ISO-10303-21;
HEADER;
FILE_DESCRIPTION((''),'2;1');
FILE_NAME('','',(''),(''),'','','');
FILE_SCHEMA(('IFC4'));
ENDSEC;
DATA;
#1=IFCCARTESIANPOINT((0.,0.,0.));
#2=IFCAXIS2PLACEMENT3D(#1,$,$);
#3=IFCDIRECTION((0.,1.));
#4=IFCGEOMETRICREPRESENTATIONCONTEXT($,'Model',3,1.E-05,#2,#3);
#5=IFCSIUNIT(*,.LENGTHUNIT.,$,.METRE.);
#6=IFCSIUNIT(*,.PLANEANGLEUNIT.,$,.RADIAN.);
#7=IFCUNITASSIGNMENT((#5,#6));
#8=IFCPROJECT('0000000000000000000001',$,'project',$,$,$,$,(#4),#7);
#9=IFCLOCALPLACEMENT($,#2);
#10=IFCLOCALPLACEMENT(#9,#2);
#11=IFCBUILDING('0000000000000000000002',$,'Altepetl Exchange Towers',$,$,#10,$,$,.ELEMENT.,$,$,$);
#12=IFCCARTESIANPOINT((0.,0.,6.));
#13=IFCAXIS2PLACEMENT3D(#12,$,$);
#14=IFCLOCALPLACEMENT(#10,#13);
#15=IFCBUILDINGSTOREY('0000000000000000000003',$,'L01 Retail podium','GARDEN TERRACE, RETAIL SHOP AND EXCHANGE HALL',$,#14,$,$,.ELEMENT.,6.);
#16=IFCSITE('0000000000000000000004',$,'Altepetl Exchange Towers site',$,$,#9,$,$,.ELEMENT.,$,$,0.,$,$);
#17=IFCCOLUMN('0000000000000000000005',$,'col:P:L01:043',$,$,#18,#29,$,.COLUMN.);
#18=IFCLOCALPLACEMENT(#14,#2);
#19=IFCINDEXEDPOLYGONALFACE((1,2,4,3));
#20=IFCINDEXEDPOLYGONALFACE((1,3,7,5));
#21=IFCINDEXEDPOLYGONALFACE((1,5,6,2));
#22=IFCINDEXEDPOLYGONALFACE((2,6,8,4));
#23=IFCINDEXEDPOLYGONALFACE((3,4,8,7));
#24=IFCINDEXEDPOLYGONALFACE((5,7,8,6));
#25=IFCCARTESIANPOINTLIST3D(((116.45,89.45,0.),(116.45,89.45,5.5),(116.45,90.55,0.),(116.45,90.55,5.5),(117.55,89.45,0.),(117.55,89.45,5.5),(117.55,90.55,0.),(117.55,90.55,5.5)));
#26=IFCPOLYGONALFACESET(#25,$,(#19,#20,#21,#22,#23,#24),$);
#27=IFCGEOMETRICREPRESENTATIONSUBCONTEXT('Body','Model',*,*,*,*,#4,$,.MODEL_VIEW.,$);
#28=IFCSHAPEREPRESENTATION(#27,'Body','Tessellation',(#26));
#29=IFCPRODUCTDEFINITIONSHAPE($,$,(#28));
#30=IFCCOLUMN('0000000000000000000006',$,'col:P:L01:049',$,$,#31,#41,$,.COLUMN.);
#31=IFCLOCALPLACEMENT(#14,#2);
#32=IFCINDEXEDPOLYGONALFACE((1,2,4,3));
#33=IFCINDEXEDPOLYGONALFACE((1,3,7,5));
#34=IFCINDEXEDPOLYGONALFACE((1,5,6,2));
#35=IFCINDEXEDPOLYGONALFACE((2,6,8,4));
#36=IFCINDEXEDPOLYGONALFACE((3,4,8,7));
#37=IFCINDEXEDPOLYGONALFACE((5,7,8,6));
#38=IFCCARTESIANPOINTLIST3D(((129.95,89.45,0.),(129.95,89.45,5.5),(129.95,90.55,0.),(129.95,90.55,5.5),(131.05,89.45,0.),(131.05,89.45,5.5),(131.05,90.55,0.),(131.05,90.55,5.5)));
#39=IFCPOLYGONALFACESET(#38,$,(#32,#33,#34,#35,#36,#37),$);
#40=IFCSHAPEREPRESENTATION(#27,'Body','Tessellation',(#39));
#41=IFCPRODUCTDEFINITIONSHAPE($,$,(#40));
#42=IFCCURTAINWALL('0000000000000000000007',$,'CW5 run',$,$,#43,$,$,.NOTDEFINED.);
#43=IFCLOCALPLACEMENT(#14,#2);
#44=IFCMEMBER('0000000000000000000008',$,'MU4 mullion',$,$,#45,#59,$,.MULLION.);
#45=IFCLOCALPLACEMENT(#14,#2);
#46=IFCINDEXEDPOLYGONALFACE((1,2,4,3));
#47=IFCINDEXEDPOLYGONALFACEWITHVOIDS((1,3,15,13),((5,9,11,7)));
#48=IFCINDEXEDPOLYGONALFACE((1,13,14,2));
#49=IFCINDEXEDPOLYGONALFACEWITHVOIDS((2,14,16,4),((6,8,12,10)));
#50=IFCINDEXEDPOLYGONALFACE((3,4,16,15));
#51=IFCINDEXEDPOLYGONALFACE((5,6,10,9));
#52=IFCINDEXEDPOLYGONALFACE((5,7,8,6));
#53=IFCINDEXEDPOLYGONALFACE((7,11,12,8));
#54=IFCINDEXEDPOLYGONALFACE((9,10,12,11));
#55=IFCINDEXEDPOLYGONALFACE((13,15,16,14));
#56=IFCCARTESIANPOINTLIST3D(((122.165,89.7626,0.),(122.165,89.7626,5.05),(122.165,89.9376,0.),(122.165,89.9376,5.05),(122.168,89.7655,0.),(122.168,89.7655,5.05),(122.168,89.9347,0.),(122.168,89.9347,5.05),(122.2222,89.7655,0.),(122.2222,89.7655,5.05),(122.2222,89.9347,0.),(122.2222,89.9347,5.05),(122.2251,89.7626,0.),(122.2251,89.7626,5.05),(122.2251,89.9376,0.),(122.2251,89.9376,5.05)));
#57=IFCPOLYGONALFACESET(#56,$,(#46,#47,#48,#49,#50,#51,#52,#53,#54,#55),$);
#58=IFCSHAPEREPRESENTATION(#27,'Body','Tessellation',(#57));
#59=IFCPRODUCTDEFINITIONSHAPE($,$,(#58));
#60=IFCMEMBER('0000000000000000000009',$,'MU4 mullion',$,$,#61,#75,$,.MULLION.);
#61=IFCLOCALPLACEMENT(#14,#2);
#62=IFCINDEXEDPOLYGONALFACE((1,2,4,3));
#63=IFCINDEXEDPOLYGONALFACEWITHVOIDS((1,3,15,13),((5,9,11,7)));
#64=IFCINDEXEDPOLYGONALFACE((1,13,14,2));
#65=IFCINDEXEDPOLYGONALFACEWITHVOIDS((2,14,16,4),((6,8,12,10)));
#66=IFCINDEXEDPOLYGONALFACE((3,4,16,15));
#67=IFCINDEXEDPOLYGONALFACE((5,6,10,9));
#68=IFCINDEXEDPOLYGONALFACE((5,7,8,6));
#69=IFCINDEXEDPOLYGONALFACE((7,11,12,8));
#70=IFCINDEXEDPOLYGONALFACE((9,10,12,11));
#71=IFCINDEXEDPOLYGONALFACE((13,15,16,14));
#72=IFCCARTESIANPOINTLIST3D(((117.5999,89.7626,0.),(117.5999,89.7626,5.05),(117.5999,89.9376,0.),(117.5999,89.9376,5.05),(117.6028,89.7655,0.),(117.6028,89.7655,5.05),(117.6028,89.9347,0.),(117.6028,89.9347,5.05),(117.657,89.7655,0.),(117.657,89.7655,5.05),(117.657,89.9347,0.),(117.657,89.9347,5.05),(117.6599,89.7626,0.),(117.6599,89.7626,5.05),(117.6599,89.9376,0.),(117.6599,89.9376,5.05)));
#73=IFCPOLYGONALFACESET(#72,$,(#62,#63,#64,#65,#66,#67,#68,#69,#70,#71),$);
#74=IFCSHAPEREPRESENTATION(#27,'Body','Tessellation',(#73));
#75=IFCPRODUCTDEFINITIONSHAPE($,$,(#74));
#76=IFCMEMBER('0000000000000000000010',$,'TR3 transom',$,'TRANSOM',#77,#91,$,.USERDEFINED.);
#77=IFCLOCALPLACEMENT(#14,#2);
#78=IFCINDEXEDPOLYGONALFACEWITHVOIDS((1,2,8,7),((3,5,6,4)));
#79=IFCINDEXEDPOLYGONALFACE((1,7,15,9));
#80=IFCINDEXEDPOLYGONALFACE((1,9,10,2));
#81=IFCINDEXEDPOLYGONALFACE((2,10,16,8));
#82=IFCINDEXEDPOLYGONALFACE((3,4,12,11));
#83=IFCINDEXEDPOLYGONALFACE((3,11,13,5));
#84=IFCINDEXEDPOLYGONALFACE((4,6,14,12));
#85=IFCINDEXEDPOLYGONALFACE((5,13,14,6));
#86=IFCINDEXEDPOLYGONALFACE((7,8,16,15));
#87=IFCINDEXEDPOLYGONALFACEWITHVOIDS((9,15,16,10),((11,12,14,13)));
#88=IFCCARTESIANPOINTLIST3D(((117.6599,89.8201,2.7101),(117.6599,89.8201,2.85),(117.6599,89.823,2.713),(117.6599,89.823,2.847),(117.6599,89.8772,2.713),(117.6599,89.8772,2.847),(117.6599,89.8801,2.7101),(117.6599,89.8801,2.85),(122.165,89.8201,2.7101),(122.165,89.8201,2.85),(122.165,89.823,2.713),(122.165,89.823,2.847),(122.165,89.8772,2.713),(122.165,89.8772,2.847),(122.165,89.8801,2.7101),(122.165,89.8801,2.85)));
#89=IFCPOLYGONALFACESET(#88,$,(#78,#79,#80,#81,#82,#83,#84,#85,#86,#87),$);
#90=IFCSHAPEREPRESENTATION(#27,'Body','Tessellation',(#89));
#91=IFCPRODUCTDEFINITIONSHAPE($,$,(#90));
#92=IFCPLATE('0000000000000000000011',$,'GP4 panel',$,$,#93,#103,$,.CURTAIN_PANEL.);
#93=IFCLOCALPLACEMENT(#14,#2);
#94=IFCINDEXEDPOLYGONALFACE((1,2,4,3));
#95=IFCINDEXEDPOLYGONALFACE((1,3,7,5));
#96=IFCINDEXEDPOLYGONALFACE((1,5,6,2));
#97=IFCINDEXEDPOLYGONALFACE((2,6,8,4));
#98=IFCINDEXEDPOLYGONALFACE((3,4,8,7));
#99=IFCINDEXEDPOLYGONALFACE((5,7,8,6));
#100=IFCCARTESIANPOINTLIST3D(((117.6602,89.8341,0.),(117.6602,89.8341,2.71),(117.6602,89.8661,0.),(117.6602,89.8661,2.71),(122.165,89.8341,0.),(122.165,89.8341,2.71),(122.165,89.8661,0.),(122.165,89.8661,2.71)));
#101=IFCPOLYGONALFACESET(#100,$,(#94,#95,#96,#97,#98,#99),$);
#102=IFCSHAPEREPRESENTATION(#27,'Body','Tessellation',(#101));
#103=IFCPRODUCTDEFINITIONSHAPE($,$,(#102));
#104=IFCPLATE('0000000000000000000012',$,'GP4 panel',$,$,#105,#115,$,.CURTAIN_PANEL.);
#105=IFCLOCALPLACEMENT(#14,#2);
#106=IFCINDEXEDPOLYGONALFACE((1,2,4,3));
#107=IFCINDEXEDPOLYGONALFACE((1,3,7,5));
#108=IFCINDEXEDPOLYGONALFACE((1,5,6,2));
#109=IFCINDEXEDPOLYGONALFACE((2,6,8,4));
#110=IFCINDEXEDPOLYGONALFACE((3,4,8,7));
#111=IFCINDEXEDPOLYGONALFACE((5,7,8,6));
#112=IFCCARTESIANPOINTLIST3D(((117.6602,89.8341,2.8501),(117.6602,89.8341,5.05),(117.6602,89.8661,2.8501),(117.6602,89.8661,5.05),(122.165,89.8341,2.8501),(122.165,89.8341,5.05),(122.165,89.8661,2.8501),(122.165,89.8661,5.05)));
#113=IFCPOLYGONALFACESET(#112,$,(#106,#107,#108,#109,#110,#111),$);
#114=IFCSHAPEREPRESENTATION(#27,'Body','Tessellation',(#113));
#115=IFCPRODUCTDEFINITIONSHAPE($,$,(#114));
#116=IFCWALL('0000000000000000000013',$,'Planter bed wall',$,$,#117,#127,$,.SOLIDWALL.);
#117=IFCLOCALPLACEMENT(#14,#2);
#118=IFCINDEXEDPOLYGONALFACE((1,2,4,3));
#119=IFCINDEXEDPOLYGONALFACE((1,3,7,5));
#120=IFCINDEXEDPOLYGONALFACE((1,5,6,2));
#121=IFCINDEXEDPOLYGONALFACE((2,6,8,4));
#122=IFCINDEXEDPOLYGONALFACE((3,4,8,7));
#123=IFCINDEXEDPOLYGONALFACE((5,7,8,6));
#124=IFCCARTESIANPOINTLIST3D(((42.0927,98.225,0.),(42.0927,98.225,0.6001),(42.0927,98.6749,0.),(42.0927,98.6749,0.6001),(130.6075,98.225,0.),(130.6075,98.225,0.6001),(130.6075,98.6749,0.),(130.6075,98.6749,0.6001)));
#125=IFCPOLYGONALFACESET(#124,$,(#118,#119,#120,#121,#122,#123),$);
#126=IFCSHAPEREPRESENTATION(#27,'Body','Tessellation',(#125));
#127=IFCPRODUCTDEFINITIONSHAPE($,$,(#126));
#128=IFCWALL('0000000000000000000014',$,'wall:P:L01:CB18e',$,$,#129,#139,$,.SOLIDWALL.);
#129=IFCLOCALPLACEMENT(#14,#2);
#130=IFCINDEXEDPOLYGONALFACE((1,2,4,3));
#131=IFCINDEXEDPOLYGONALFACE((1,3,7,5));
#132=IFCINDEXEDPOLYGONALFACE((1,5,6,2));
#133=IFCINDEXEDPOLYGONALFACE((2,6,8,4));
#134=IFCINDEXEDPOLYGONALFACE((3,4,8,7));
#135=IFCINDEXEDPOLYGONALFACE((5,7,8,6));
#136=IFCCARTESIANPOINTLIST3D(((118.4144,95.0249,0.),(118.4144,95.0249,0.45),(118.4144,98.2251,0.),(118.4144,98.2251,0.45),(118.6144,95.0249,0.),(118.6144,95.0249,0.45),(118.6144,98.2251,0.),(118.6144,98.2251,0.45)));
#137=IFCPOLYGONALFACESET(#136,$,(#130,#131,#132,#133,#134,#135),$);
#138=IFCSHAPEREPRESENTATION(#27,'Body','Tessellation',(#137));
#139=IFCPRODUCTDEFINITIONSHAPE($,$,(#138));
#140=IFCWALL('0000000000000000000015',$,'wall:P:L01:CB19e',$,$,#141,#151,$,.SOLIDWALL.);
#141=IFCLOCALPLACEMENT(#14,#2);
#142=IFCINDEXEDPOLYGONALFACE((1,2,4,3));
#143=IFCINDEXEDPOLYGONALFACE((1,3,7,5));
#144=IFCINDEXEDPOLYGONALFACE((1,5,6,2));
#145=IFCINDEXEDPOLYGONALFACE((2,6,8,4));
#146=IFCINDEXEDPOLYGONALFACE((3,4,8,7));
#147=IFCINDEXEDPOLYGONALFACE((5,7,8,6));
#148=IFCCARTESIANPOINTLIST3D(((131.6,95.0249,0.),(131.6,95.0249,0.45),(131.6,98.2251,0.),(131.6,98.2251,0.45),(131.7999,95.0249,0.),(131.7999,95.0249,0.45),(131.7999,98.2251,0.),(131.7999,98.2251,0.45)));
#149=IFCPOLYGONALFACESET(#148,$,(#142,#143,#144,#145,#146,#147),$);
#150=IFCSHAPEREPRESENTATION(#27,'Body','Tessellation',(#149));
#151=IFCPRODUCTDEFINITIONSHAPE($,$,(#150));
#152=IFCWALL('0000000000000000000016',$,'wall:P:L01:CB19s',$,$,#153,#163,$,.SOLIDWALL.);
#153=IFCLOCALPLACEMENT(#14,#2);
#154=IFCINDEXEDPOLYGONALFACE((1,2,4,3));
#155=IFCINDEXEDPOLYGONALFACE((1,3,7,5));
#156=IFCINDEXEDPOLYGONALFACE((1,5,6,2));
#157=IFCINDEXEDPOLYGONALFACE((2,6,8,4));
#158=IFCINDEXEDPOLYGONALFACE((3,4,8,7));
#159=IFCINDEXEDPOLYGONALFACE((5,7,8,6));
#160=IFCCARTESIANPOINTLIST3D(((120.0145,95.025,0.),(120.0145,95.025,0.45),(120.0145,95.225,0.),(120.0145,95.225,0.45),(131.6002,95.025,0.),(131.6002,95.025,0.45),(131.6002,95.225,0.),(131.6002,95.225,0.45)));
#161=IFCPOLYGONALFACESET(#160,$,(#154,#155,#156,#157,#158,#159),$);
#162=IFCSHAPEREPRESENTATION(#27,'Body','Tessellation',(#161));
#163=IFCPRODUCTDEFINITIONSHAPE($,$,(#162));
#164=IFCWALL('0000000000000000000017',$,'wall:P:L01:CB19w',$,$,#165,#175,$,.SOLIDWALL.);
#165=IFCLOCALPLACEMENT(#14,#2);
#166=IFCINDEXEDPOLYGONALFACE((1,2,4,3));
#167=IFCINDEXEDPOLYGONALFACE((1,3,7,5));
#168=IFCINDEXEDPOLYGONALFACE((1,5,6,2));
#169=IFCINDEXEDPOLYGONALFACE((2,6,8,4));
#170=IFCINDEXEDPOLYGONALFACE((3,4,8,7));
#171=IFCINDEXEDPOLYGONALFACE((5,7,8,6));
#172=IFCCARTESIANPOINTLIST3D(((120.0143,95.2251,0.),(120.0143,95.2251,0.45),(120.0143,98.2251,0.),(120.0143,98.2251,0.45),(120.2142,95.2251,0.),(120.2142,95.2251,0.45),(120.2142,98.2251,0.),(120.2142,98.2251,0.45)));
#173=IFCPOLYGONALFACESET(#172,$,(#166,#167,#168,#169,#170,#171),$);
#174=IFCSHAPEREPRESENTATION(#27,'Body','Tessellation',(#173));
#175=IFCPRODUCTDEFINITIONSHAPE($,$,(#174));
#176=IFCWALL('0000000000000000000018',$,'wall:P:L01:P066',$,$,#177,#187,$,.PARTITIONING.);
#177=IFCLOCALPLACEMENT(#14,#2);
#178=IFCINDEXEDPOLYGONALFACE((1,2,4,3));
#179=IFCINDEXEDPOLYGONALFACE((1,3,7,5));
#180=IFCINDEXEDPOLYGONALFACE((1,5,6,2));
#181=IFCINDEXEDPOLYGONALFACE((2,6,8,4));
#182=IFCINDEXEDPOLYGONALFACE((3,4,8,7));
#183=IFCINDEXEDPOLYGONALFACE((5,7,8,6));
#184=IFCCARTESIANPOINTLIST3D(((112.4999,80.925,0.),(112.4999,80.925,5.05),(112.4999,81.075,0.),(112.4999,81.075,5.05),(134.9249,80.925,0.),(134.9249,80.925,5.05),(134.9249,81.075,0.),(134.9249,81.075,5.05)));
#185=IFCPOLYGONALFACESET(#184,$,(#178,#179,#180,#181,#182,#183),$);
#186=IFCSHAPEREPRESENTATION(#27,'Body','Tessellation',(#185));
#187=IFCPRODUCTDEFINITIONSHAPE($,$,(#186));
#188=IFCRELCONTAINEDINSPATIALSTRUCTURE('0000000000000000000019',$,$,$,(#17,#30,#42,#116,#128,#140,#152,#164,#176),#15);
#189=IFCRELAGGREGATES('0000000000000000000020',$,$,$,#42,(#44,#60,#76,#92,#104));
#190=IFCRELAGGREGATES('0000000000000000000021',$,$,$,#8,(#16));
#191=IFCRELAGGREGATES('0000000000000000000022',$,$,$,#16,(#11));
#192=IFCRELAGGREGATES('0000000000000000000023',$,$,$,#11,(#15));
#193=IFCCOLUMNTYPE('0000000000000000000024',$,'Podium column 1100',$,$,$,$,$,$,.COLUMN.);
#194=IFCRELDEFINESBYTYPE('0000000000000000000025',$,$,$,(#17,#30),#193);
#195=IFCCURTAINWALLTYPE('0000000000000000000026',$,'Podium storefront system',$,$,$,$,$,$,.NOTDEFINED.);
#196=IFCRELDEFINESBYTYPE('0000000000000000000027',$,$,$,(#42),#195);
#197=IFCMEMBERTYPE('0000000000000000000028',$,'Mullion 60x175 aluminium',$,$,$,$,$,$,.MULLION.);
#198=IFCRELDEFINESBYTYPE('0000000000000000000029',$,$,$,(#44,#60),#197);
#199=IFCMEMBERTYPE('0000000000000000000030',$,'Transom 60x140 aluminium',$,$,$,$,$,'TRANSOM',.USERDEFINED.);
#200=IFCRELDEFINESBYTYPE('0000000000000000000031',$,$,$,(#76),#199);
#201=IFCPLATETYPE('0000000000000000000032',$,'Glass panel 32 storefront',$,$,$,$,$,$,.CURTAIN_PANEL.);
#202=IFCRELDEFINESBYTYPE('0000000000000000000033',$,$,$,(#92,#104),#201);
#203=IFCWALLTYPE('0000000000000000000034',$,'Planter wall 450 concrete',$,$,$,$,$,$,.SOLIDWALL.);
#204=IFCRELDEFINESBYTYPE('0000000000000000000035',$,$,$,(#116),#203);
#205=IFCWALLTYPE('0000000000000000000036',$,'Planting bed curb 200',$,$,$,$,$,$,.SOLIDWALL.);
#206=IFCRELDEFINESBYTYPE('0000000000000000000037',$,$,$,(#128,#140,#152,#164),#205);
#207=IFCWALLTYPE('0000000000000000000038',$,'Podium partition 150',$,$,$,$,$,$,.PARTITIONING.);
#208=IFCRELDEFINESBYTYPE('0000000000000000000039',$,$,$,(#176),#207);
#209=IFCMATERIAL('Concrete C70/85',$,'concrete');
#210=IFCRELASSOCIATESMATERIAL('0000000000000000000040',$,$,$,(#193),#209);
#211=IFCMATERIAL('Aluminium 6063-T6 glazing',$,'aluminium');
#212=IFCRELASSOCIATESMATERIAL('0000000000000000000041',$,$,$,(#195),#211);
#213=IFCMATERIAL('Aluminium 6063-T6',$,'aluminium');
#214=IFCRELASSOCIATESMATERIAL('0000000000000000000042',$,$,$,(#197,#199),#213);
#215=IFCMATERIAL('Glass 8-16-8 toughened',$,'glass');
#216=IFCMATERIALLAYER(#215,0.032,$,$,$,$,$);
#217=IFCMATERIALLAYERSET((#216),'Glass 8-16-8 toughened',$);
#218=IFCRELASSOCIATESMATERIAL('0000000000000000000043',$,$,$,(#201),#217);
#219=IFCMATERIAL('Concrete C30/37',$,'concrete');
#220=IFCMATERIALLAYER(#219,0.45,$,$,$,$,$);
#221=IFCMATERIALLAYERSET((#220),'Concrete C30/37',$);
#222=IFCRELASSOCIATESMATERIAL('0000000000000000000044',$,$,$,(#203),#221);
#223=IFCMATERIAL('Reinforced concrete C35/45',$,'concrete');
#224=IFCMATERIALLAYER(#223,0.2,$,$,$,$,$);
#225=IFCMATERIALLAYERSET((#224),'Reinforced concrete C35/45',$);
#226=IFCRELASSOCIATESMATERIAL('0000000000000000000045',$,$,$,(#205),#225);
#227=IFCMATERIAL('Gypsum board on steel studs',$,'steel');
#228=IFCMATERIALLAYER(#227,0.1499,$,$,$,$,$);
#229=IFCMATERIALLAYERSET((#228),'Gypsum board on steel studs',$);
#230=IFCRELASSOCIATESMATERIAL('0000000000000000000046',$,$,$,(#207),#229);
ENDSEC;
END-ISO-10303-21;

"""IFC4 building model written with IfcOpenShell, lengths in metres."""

from ifc_helpers import new_model, si_unit, direction, frame, frame_2d, origin, origin_2d, place, context, subcontext, project, spatial, rectangle, hollow_rectangle, extrude, material, layer, layer_set, material_profile, profile_set, type_object, element, aggregate, save


model = new_model("IFC4")

# Units and contexts
model_context = context("Model", 3, precision=1e-05, world=origin(), true_north=direction((0.0, 1.0)))
body_context = subcontext(model_context, "Body", "Model", "MODEL_VIEW")
ifc_project = project(units=[si_unit("LENGTHUNIT", "METRE"), si_unit("PLANEANGLEUNIT", "RADIAN")], contexts=[model_context])

# Site, building, storey
site_placement = place(None, origin())
site = spatial("IfcSite", under=ifc_project, at=site_placement, Name="Altepetl Exchange Towers site", CompositionType="ELEMENT", RefElevation=0.0)
building_placement = place(site_placement, origin())
building = spatial("IfcBuilding", under=site, at=building_placement, Name="Altepetl Exchange Towers", CompositionType="ELEMENT")
storey_placement = place(building_placement, frame((0.0, 0.0, 6.0)))
storey = spatial("IfcBuildingStorey", under=building, at=storey_placement, Name="L01 Retail podium", Description="GARDEN TERRACE, RETAIL SHOP AND EXCHANGE HALL", CompositionType="ELEMENT", Elevation=6.0)

# Columns
ifc_material_1 = material(Name="Concrete C70/85", Category="concrete")
ifc_material_profile_1 = material_profile(ifc_material_1, rectangle(XDim=1.1001, YDim=1.1001, at=origin_2d()), Name="1100 x 1100")
ifc_profile_set_1 = profile_set([ifc_material_profile_1], Name="Concrete C70/85")
column_type = type_object("IfcColumnType", Name="Podium column 1100", PredefinedType="COLUMN", material=ifc_profile_set_1)
for number, where, name in (
    (1, (117.0, 90.0, 0.0), "col:P:L01:043"),
    (2, (130.5, 90.0, 0.0), "col:P:L01:049"),
):
    element("IfcColumn", number, at=place(storey_placement, frame(where)), inside=storey, type_object=column_type, Name=name, PredefinedType="COLUMN", context=body_context, shape_type="SweptSolid", body=[
        extrude(rectangle(XDim=1.1001, YDim=1.1001, at=origin_2d()), origin(), (0.0, 0.0, 1.0), 5.5),
    ])

# Curtain wall, members, plates
ifc_material_2 = material(Name="Aluminium 6063-T6 glazing", Category="aluminium")
curtain_wall_type = type_object("IfcCurtainWallType", Name="Podium storefront system", PredefinedType="NOTDEFINED", material=ifc_material_2)
curtain_wall_placement = place(storey_placement, origin())
curtain_wall = element("IfcCurtainWall", 3, at=curtain_wall_placement, inside=storey, type_object=curtain_wall_type, Name="CW5 run", PredefinedType="NOTDEFINED")
ifc_material_3 = material(Name="Aluminium 6063-T6", Category="aluminium")
ifc_material_profile_2 = material_profile(ifc_material_3, hollow_rectangle(XDim=0.0601, YDim=0.175, WallThickness=0.0029, at=origin_2d()), Name="Mullion 60x175 aluminium")
ifc_profile_set_2 = profile_set([ifc_material_profile_2], Name="Aluminium 6063-T6")
member_type_1 = type_object("IfcMemberType", Name="Mullion 60x175 aluminium", PredefinedType="MULLION", material=ifc_profile_set_2)
member_1_placement = place(storey_placement, frame((122.1951, 89.8501, 0.0), z_axis=(0.0, 0.0, 1.0), x_axis=(-1.0, 0.0, 0.0)))
member_1 = element("IfcMember", 4, at=member_1_placement, type_object=member_type_1, Name="MU4 mullion", PredefinedType="MULLION", context=body_context, shape_type="SweptSolid", body=[
    extrude(hollow_rectangle(XDim=0.0601, YDim=0.175, WallThickness=0.0029, at=origin_2d()), origin(), (0.0, 0.0, 1.0), 5.05),
])
member_2_placement = place(storey_placement, frame((117.6299, 89.8501, 0.0), z_axis=(0.0, 0.0, 1.0), x_axis=(-1.0, 0.0, 0.0)))
member_2 = element("IfcMember", 5, at=member_2_placement, type_object=member_type_1, Name="MU4 mullion", PredefinedType="MULLION", context=body_context, shape_type="SweptSolid", body=[
    extrude(hollow_rectangle(XDim=0.0601, YDim=0.175, WallThickness=0.0029, at=origin_2d()), origin(), (0.0, 0.0, 1.0), 5.05),
])
ifc_material_profile_3 = material_profile(ifc_material_3, hollow_rectangle(XDim=0.0601, YDim=0.1399, WallThickness=0.0029, at=origin_2d()), Name="Transom 60x140 aluminium")
ifc_profile_set_3 = profile_set([ifc_material_profile_3], Name="Aluminium 6063-T6")
member_type_2 = type_object("IfcMemberType", Name="Transom 60x140 aluminium", ElementType="TRANSOM", PredefinedType="USERDEFINED", material=ifc_profile_set_3)
member_3_placement = place(storey_placement, frame((122.165, 89.8501, 2.78), z_axis=(-1.0, 0.0, 0.0), x_axis=(0.0, -1.0, 0.0)))
member_3 = element("IfcMember", 6, at=member_3_placement, type_object=member_type_2, Name="TR3 transom", ObjectType="TRANSOM", PredefinedType="USERDEFINED", context=body_context, shape_type="SweptSolid", body=[
    extrude(hollow_rectangle(XDim=0.0601, YDim=0.1399, WallThickness=0.0029, at=origin_2d()), origin(), (0.0, 0.0, 1.0), 4.5051),
])
ifc_material_4 = material(Name="Glass 8-16-8 toughened", Category="glass")
ifc_layer_1 = layer(ifc_material_4, 0.032)
ifc_layer_set_1 = layer_set([ifc_layer_1], Name="Glass 8-16-8 toughened")
plate_type = type_object("IfcPlateType", Name="Glass panel 32 storefront", PredefinedType="CURTAIN_PANEL", material=ifc_layer_set_1)
plate_1_placement = place(storey_placement, frame((119.9126, 89.8501, 0.0), z_axis=(0.0, 0.0, 1.0), x_axis=(-1.0, 0.0, 0.0)))
plate_1 = element("IfcPlate", 7, at=plate_1_placement, type_object=plate_type, Name="GP4 panel", PredefinedType="CURTAIN_PANEL", context=body_context, shape_type="SweptSolid", body=[
    extrude(rectangle(XDim=4.5049, YDim=0.032, at=origin_2d()), origin(), (0.0, 0.0, 1.0), 2.71),
])
plate_2_placement = place(storey_placement, frame((119.9126, 89.8501, 2.8501), z_axis=(0.0, 0.0, 1.0), x_axis=(-1.0, 0.0, 0.0)))
plate_2 = element("IfcPlate", 8, at=plate_2_placement, type_object=plate_type, Name="GP4 panel", PredefinedType="CURTAIN_PANEL", context=body_context, shape_type="SweptSolid", body=[
    extrude(rectangle(XDim=4.5049, YDim=0.032, at=origin_2d()), origin(), (0.0, 0.0, 1.0), 2.2),
])
aggregate(curtain_wall, [member_1, member_2, member_3, plate_1, plate_2])

# Walls
ifc_material_5 = material(Name="Concrete C30/37", Category="concrete")
ifc_layer_2 = layer(ifc_material_5, 0.45)
ifc_layer_set_2 = layer_set([ifc_layer_2], Name="Concrete C30/37")
wall_type_1 = type_object("IfcWallType", Name="Planter wall 450 concrete", PredefinedType="SOLIDWALL", material=ifc_layer_set_2)
wall_1_placement = place(storey_placement, frame((130.6074, 98.45, 0.0), z_axis=(0.0, 0.0, 1.0), x_axis=(-1.0, 0.0, 0.0)))
element("IfcWall", 9, at=wall_1_placement, inside=storey, type_object=wall_type_1, Name="Planter bed wall", PredefinedType="SOLIDWALL", context=body_context, shape_type="SweptSolid", body=[
    extrude(rectangle(XDim=88.5149, YDim=0.45, at=frame_2d((44.2573, 0.0))), origin(), (0.0, 0.0, 1.0), 0.6001),
])
ifc_material_6 = material(Name="Reinforced concrete C35/45", Category="concrete")
ifc_layer_3 = layer(ifc_material_6, 0.2)
ifc_layer_set_3 = layer_set([ifc_layer_3], Name="Reinforced concrete C35/45")
wall_type_2 = type_object("IfcWallType", Name="Planting bed curb 200", PredefinedType="SOLIDWALL", material=ifc_layer_set_3)
for number, where, z_axis, x_axis, name in (
    (10, (118.5144, 95.0249, 0.0), (0.0, 0.0, 1.0), (0.0, 1.0, 0.0), "wall:P:L01:CB18e"),
    (11, (131.7, 95.0249, 0.0), (0.0, 0.0, 1.0), (0.0, 1.0, 0.0), "wall:P:L01:CB19e"),
):
    element("IfcWall", number, at=place(storey_placement, frame(where, z_axis=z_axis, x_axis=x_axis)), inside=storey, type_object=wall_type_2, Name=name, PredefinedType="SOLIDWALL", context=body_context, shape_type="SweptSolid", body=[
        extrude(rectangle(XDim=3.2002, YDim=0.2, at=frame_2d((1.6001, 0.0))), origin(), (0.0, 0.0, 1.0), 0.45),
    ])
wall_2_placement = place(storey_placement, frame((120.0144, 95.125, 0.0)))
element("IfcWall", 12, at=wall_2_placement, inside=storey, type_object=wall_type_2, Name="wall:P:L01:CB19s", PredefinedType="SOLIDWALL", context=body_context, shape_type="SweptSolid", body=[
    extrude(rectangle(XDim=11.5857, YDim=0.2, at=frame_2d((5.793, 0.0))), origin(), (0.0, 0.0, 1.0), 0.45),
])
wall_3_placement = place(storey_placement, frame((120.1143, 95.2251, 0.0), z_axis=(0.0, 0.0, 1.0), x_axis=(0.0, 1.0, 0.0)))
element("IfcWall", 13, at=wall_3_placement, inside=storey, type_object=wall_type_2, Name="wall:P:L01:CB19w", PredefinedType="SOLIDWALL", context=body_context, shape_type="SweptSolid", body=[
    extrude(rectangle(XDim=3.0, YDim=0.2, at=frame_2d((1.5, 0.0))), origin(), (0.0, 0.0, 1.0), 0.45),
])
ifc_material_7 = material(Name="Gypsum board on steel studs", Category="steel")
ifc_layer_4 = layer(ifc_material_7, 0.1499)
ifc_layer_set_4 = layer_set([ifc_layer_4], Name="Gypsum board on steel studs")
wall_type_3 = type_object("IfcWallType", Name="Podium partition 150", PredefinedType="PARTITIONING", material=ifc_layer_set_4)
wall_4_placement = place(storey_placement, frame((112.5, 81.0, 0.0)))
element("IfcWall", 14, at=wall_4_placement, inside=storey, type_object=wall_type_3, Name="wall:P:L01:P066", PredefinedType="PARTITIONING", context=body_context, shape_type="SweptSolid", body=[
    extrude(rectangle(XDim=22.425, YDim=0.1499, at=frame_2d((11.2124, 0.0))), origin(), (0.0, 0.0, 1.0), 5.05),
])

save(model, "model.ifc")
